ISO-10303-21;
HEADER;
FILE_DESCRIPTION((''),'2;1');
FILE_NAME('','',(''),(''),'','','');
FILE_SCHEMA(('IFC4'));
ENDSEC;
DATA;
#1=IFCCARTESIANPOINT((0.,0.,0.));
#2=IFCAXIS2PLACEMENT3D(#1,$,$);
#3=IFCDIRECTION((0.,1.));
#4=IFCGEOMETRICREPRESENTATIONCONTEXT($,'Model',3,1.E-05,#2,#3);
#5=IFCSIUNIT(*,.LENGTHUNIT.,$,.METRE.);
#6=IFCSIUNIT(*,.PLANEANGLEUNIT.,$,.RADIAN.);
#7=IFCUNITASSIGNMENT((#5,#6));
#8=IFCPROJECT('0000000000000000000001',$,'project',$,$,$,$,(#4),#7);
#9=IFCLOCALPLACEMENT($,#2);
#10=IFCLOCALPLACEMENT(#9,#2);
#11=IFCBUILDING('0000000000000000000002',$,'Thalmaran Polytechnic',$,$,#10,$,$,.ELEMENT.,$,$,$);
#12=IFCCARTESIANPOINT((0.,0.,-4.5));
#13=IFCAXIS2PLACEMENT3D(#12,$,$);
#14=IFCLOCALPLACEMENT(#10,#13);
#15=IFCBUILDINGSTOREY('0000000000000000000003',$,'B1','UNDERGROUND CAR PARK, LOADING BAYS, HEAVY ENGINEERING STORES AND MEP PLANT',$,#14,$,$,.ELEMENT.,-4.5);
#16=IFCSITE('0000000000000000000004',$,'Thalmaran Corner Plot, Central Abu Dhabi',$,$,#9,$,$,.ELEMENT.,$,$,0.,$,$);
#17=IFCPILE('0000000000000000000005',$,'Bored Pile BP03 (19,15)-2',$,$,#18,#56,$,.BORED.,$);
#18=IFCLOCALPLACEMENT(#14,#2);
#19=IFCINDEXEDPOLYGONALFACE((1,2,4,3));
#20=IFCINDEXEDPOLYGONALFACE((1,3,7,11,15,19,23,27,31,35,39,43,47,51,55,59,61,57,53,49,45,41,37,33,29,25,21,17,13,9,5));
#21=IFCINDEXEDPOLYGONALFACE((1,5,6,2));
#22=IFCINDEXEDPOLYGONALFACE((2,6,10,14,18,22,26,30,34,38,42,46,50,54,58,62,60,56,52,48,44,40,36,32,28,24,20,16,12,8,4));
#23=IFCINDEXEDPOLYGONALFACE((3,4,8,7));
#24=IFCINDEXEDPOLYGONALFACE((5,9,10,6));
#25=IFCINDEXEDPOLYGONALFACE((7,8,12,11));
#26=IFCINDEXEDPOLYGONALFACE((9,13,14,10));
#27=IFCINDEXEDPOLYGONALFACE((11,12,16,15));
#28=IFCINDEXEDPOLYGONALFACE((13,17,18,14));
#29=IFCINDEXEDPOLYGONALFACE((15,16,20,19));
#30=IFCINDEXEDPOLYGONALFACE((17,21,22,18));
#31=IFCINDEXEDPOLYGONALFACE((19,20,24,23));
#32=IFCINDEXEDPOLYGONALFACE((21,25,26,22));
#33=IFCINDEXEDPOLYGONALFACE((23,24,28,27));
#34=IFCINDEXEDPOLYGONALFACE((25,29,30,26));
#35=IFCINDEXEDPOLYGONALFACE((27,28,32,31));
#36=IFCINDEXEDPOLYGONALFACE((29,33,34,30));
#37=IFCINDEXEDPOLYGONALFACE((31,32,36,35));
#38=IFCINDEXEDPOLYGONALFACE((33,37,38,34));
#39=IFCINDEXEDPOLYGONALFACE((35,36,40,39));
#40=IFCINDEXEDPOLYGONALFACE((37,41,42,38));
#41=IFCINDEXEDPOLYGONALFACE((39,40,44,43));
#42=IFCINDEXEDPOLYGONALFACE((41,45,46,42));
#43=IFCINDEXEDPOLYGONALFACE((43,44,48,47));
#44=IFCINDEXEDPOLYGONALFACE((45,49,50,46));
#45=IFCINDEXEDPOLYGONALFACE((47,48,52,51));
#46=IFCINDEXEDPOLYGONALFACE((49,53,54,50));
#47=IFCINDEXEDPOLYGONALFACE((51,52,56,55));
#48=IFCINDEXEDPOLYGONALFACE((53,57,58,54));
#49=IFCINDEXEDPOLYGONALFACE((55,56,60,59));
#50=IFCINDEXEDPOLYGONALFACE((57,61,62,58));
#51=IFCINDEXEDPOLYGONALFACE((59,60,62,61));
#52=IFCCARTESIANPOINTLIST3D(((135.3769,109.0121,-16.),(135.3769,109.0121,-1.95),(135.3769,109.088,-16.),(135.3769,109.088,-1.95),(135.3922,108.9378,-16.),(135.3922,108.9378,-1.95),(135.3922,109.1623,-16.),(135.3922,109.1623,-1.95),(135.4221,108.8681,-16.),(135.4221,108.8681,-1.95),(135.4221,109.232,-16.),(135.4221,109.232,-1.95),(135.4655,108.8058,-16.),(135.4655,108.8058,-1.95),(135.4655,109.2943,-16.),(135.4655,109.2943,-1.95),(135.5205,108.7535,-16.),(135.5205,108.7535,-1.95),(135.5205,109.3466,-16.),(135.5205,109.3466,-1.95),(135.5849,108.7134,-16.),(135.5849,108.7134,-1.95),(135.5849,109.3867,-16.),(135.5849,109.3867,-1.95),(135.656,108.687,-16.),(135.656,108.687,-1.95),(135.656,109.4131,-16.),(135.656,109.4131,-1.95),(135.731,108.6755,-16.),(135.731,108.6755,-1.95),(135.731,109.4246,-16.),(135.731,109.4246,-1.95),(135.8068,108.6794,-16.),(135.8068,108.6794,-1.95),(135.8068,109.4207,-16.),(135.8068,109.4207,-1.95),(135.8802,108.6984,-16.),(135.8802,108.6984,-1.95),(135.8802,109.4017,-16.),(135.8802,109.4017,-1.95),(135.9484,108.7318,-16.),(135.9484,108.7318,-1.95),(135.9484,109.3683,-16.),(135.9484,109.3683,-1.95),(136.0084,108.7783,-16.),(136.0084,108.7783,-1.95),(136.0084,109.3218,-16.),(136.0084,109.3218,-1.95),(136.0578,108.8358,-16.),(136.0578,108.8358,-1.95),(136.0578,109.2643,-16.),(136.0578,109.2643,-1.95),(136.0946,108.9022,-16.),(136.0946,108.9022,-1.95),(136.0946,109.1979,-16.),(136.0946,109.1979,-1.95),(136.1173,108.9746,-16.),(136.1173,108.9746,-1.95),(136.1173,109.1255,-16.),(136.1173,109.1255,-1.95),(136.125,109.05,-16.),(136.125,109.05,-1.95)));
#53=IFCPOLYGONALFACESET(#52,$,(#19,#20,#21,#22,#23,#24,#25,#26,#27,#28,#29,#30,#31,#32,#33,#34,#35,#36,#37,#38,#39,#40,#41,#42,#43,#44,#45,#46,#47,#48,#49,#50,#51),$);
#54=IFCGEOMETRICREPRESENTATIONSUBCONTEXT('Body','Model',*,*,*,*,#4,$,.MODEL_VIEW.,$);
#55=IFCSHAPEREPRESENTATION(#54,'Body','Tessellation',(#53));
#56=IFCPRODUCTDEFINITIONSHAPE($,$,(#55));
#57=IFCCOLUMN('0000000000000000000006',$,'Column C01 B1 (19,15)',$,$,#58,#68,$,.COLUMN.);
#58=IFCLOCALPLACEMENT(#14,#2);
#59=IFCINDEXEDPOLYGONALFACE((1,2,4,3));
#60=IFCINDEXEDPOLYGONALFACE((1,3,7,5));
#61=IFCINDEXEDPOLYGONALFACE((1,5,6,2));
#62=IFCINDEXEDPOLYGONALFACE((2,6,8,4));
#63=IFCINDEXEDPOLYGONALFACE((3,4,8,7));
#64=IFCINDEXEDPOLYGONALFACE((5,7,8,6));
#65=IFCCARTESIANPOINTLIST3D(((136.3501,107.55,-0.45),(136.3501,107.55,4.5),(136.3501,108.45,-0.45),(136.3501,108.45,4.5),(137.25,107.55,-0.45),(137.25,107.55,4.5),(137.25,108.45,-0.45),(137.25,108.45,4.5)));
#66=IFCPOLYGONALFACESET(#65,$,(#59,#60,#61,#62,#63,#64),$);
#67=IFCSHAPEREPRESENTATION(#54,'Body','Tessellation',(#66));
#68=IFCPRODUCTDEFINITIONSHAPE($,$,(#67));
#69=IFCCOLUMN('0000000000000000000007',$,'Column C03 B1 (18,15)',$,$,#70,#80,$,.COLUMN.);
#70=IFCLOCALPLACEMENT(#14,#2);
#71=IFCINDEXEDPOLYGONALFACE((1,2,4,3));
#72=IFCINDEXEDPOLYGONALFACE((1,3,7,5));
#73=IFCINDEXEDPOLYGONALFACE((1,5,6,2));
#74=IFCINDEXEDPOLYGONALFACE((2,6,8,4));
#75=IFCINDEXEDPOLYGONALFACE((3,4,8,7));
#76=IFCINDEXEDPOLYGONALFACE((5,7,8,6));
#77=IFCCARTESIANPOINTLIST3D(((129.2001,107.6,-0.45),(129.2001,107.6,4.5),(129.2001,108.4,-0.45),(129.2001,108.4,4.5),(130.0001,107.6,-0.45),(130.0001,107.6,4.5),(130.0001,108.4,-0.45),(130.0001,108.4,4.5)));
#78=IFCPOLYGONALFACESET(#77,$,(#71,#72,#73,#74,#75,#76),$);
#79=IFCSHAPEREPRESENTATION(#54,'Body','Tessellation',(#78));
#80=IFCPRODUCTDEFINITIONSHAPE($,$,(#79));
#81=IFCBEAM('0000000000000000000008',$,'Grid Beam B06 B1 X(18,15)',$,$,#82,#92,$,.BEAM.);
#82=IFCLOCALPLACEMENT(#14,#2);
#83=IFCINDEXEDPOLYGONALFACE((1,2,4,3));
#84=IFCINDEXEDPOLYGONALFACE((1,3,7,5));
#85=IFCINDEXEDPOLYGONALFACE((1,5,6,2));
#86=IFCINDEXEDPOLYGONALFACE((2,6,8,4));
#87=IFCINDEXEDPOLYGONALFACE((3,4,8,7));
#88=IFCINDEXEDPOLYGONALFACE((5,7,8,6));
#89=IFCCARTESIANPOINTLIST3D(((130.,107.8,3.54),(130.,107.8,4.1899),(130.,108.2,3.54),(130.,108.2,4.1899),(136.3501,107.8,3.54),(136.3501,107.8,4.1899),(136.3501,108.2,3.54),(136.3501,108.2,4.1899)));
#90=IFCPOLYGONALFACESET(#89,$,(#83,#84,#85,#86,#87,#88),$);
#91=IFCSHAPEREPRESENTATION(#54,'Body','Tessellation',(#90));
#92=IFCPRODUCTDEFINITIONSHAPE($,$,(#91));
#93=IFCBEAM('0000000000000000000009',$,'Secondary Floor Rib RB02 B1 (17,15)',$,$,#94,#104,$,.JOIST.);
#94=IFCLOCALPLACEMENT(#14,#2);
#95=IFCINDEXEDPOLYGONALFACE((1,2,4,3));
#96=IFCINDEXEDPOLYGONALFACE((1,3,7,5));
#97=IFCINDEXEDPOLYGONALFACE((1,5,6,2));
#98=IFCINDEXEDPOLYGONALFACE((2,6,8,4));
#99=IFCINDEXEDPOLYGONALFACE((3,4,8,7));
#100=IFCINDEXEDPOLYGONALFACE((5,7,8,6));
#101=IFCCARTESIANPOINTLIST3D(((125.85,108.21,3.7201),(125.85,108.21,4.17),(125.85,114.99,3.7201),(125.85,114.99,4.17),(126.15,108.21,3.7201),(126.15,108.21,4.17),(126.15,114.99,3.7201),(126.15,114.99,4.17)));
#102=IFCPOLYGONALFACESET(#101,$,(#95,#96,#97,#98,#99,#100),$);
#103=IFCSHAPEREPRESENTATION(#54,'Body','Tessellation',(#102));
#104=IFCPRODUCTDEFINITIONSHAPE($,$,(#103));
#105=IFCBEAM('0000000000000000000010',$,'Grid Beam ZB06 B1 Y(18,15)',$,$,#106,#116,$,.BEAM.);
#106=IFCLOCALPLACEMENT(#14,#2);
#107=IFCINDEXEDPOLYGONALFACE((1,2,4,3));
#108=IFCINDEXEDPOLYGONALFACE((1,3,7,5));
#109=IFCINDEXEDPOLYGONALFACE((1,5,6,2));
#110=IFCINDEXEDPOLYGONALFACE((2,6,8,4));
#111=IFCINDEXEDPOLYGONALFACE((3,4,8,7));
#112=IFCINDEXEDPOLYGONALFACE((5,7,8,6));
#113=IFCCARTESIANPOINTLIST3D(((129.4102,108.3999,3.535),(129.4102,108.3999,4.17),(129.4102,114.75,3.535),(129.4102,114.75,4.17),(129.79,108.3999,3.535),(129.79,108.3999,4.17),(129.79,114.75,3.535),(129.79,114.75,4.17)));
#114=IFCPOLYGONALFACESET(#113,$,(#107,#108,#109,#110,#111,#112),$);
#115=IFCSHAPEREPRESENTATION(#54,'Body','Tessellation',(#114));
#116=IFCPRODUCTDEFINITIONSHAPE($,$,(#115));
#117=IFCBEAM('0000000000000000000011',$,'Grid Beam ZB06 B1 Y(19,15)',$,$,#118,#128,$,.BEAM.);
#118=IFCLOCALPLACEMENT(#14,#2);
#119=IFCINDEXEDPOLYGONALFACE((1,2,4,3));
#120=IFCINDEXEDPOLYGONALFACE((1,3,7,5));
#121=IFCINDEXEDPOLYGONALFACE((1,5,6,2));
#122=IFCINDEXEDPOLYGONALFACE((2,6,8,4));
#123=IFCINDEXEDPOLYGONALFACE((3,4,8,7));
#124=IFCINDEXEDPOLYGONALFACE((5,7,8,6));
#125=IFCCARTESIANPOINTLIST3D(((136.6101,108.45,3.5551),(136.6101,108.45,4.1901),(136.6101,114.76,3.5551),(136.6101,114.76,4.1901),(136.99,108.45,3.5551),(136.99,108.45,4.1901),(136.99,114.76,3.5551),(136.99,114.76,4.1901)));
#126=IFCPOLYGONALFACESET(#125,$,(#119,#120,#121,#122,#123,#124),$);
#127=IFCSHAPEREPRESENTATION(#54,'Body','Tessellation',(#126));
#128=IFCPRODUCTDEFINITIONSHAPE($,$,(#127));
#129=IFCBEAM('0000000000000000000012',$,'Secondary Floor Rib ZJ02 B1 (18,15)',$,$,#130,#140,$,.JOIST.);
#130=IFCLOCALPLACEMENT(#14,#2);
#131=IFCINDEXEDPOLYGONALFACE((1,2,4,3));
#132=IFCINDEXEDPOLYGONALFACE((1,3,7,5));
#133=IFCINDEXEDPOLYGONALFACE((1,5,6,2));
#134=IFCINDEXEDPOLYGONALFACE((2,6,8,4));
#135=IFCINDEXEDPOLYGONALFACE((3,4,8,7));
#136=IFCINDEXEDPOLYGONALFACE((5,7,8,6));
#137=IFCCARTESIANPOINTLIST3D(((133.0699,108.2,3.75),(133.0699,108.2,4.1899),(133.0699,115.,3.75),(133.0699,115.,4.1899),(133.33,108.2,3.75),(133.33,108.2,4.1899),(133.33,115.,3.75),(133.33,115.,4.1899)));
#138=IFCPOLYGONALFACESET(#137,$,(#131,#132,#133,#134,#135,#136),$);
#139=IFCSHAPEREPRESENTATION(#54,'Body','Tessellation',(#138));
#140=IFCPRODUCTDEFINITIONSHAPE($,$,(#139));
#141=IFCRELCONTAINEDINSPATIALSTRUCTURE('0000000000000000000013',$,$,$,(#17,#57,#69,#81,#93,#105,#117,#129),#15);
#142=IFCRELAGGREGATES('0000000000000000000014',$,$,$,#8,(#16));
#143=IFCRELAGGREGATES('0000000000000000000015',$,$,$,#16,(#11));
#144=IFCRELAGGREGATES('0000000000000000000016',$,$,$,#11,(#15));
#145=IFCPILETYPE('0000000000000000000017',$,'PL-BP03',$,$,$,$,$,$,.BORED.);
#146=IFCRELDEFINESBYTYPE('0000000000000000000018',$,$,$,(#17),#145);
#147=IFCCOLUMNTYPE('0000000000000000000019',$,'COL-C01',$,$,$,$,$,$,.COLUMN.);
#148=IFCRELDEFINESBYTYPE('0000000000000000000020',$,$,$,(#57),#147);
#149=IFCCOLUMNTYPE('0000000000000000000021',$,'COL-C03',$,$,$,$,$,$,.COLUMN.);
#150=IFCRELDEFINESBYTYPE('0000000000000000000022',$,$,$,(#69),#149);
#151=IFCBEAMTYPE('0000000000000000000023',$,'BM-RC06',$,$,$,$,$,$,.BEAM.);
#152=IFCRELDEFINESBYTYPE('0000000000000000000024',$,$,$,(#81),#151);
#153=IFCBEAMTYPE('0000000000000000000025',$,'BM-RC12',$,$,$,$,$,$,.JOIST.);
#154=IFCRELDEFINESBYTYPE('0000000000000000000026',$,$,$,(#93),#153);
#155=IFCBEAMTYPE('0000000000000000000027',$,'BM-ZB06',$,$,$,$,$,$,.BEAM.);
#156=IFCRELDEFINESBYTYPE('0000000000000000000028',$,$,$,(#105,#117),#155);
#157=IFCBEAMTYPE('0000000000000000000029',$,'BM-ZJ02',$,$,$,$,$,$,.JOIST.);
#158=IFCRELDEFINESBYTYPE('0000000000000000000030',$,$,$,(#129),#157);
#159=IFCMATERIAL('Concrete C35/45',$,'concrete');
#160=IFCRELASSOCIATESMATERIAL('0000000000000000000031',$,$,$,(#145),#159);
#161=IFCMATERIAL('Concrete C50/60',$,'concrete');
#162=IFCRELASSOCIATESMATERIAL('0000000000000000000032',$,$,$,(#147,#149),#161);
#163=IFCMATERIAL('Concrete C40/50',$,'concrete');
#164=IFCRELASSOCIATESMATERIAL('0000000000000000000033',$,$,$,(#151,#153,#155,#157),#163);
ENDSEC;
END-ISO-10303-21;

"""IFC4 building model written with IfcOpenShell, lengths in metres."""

from ifc_helpers import new_model, si_unit, direction, frame, origin, origin_2d, place, context, subcontext, project, spatial, rectangle, circle, extrude, material, material_profile, profile_set, type_object, element, save


model = new_model("IFC4")

# Units and contexts
model_context = context("Model", 3, precision=1e-05, world=origin(), true_north=direction((0.0, 1.0)))
body_context = subcontext(model_context, "Body", "Model", "MODEL_VIEW")
ifc_project = project(units=[si_unit("LENGTHUNIT", "METRE"), si_unit("PLANEANGLEUNIT", "RADIAN")], contexts=[model_context])

# Site, building, storey
site_placement = place(None, origin())
site = spatial("IfcSite", under=ifc_project, at=site_placement, Name="Thalmaran Corner Plot, Central Abu Dhabi", CompositionType="ELEMENT", RefElevation=0.0)
building_placement = place(site_placement, origin())
building = spatial("IfcBuilding", under=site, at=building_placement, Name="Thalmaran Polytechnic", CompositionType="ELEMENT")
storey_placement = place(building_placement, frame((0.0, 0.0, -4.5)))
storey = spatial("IfcBuildingStorey", under=building, at=storey_placement, Name="B1", Description="UNDERGROUND CAR PARK, LOADING BAYS, HEAVY ENGINEERING STORES AND MEP PLANT", CompositionType="ELEMENT", Elevation=-4.5)

# Shared definitions
ifc_material_1 = material(Name="Concrete C40/50", Category="concrete")

# Pile
ifc_material_2 = material(Name="Concrete C35/45", Category="concrete")
ifc_material_profile_1 = material_profile(ifc_material_2, circle(Radius=0.375, at=origin_2d()), Name="RC 750 DIA")
ifc_profile_set_1 = profile_set([ifc_material_profile_1], Name="Concrete C35/45")
pile_type = type_object("IfcPileType", Name="PL-BP03", PredefinedType="BORED", material=ifc_profile_set_1)
for number, where, z_axis, x_axis, name in (
    (1, (135.75, 109.05, -1.95), (0.0, 0.0, -1.0), (1.0, 0.0, 0.0), "Bored Pile BP03 (19,15)-2"),
):
    element("IfcPile", number, at=place(storey_placement, frame(where, z_axis=z_axis, x_axis=x_axis)), inside=storey, type_object=pile_type, Name=name, PredefinedType="BORED", context=body_context, shape_type="SweptSolid", body=[
        extrude(circle(Radius=0.375, at=origin_2d()), origin(), (0.0, 0.0, 1.0), 14.05),
    ])

# Columns
ifc_material_3 = material(Name="Concrete C50/60", Category="concrete")
ifc_material_profile_2 = material_profile(ifc_material_3, rectangle(XDim=0.8999, YDim=0.8999, at=origin_2d()), Name="RC 900x900")
ifc_profile_set_2 = profile_set([ifc_material_profile_2], Name="Concrete C50/60")
column_type_1 = type_object("IfcColumnType", Name="COL-C01", PredefinedType="COLUMN", material=ifc_profile_set_2)
column_1_placement = place(storey_placement, frame((136.8, 108.0, -0.45), z_axis=(0.0, 0.0, 1.0), x_axis=(1.0, 0.0, 0.0)))
element("IfcColumn", 2, at=column_1_placement, inside=storey, type_object=column_type_1, Name="Column C01 B1 (19,15)", PredefinedType="COLUMN", context=body_context, shape_type="SweptSolid", body=[
    extrude(rectangle(XDim=0.8999, YDim=0.8999, at=origin_2d()), origin(), (0.0, 0.0, 1.0), 4.95),
])
ifc_material_profile_3 = material_profile(ifc_material_3, rectangle(XDim=0.8, YDim=0.8, at=origin_2d()), Name="RC 800x800")
ifc_profile_set_3 = profile_set([ifc_material_profile_3], Name="Concrete C50/60")
column_type_2 = type_object("IfcColumnType", Name="COL-C03", PredefinedType="COLUMN", material=ifc_profile_set_3)
column_2_placement = place(storey_placement, frame((129.6001, 108.0, -0.45), z_axis=(0.0, 0.0, 1.0), x_axis=(1.0, 0.0, 0.0)))
element("IfcColumn", 3, at=column_2_placement, inside=storey, type_object=column_type_2, Name="Column C03 B1 (18,15)", PredefinedType="COLUMN", context=body_context, shape_type="SweptSolid", body=[
    extrude(rectangle(XDim=0.8, YDim=0.8, at=origin_2d()), origin(), (0.0, 0.0, 1.0), 4.95),
])

# Beams
ifc_material_profile_4 = material_profile(ifc_material_1, rectangle(XDim=0.3999, YDim=0.6499, at=origin_2d()), Name="RC 400x650")
ifc_profile_set_4 = profile_set([ifc_material_profile_4], Name="Concrete C40/50")
beam_type_1 = type_object("IfcBeamType", Name="BM-RC06", PredefinedType="BEAM", material=ifc_profile_set_4)
beam_1_placement = place(storey_placement, frame((130.0, 108.0, 3.865), z_axis=(1.0, 0.0, 0.0), x_axis=(0.0, 1.0, 0.0)))
element("IfcBeam", 4, at=beam_1_placement, inside=storey, type_object=beam_type_1, Name="Grid Beam B06 B1 X(18,15)", PredefinedType="BEAM", context=body_context, shape_type="SweptSolid", body=[
    extrude(rectangle(XDim=0.3999, YDim=0.6499, at=origin_2d()), origin(), (0.0, 0.0, 1.0), 6.3501),
])
ifc_material_profile_5 = material_profile(ifc_material_1, rectangle(XDim=0.3, YDim=0.45, at=origin_2d()), Name="RC 300x450")
ifc_profile_set_5 = profile_set([ifc_material_profile_5], Name="Concrete C40/50")
beam_type_2 = type_object("IfcBeamType", Name="BM-RC12", PredefinedType="JOIST", material=ifc_profile_set_5)
beam_2_placement = place(storey_placement, frame((126.0, 108.21, 3.9451), z_axis=(0.0, 1.0, 0.0), x_axis=(-1.0, 0.0, 0.0)))
element("IfcBeam", 5, at=beam_2_placement, inside=storey, type_object=beam_type_2, Name="Secondary Floor Rib RB02 B1 (17,15)", PredefinedType="JOIST", context=body_context, shape_type="SweptSolid", body=[
    extrude(rectangle(XDim=0.3, YDim=0.45, at=origin_2d()), origin(), (0.0, 0.0, 1.0), 6.78),
])
ifc_material_profile_6 = material_profile(ifc_material_1, rectangle(XDim=0.3799, YDim=0.635, at=origin_2d()), Name="RC 380x635")
ifc_profile_set_6 = profile_set([ifc_material_profile_6], Name="Concrete C40/50")
beam_type_3 = type_object("IfcBeamType", Name="BM-ZB06", PredefinedType="BEAM", material=ifc_profile_set_6)
beam_3_placement = place(storey_placement, frame((129.6001, 108.3999, 3.8525), z_axis=(0.0, 1.0, 0.0), x_axis=(-1.0, 0.0, 0.0)))
element("IfcBeam", 6, at=beam_3_placement, inside=storey, type_object=beam_type_3, Name="Grid Beam ZB06 B1 Y(18,15)", PredefinedType="BEAM", context=body_context, shape_type="SweptSolid", body=[
    extrude(rectangle(XDim=0.3799, YDim=0.635, at=origin_2d()), origin(), (0.0, 0.0, 1.0), 6.3501),
])
beam_4_placement = place(storey_placement, frame((136.8, 108.45, 3.8726), z_axis=(0.0, 1.0, 0.0), x_axis=(-1.0, 0.0, 0.0)))
element("IfcBeam", 7, at=beam_4_placement, inside=storey, type_object=beam_type_3, Name="Grid Beam ZB06 B1 Y(19,15)", PredefinedType="BEAM", context=body_context, shape_type="SweptSolid", body=[
    extrude(rectangle(XDim=0.3799, YDim=0.635, at=origin_2d()), origin(), (0.0, 0.0, 1.0), 6.3101),
])
ifc_material_profile_7 = material_profile(ifc_material_1, rectangle(XDim=0.26, YDim=0.4399, at=origin_2d()), Name="RC 260x440")
ifc_profile_set_7 = profile_set([ifc_material_profile_7], Name="Concrete C40/50")
beam_type_4 = type_object("IfcBeamType", Name="BM-ZJ02", PredefinedType="JOIST", material=ifc_profile_set_7)
beam_5_placement = place(storey_placement, frame((133.2, 108.2, 3.97), z_axis=(0.0, 1.0, 0.0), x_axis=(-1.0, 0.0, 0.0)))
element("IfcBeam", 8, at=beam_5_placement, inside=storey, type_object=beam_type_4, Name="Secondary Floor Rib ZJ02 B1 (18,15)", PredefinedType="JOIST", context=body_context, shape_type="SweptSolid", body=[
    extrude(rectangle(XDim=0.26, YDim=0.4399, at=origin_2d()), origin(), (0.0, 0.0, 1.0), 6.8),
])

save(model, "model.ifc")
